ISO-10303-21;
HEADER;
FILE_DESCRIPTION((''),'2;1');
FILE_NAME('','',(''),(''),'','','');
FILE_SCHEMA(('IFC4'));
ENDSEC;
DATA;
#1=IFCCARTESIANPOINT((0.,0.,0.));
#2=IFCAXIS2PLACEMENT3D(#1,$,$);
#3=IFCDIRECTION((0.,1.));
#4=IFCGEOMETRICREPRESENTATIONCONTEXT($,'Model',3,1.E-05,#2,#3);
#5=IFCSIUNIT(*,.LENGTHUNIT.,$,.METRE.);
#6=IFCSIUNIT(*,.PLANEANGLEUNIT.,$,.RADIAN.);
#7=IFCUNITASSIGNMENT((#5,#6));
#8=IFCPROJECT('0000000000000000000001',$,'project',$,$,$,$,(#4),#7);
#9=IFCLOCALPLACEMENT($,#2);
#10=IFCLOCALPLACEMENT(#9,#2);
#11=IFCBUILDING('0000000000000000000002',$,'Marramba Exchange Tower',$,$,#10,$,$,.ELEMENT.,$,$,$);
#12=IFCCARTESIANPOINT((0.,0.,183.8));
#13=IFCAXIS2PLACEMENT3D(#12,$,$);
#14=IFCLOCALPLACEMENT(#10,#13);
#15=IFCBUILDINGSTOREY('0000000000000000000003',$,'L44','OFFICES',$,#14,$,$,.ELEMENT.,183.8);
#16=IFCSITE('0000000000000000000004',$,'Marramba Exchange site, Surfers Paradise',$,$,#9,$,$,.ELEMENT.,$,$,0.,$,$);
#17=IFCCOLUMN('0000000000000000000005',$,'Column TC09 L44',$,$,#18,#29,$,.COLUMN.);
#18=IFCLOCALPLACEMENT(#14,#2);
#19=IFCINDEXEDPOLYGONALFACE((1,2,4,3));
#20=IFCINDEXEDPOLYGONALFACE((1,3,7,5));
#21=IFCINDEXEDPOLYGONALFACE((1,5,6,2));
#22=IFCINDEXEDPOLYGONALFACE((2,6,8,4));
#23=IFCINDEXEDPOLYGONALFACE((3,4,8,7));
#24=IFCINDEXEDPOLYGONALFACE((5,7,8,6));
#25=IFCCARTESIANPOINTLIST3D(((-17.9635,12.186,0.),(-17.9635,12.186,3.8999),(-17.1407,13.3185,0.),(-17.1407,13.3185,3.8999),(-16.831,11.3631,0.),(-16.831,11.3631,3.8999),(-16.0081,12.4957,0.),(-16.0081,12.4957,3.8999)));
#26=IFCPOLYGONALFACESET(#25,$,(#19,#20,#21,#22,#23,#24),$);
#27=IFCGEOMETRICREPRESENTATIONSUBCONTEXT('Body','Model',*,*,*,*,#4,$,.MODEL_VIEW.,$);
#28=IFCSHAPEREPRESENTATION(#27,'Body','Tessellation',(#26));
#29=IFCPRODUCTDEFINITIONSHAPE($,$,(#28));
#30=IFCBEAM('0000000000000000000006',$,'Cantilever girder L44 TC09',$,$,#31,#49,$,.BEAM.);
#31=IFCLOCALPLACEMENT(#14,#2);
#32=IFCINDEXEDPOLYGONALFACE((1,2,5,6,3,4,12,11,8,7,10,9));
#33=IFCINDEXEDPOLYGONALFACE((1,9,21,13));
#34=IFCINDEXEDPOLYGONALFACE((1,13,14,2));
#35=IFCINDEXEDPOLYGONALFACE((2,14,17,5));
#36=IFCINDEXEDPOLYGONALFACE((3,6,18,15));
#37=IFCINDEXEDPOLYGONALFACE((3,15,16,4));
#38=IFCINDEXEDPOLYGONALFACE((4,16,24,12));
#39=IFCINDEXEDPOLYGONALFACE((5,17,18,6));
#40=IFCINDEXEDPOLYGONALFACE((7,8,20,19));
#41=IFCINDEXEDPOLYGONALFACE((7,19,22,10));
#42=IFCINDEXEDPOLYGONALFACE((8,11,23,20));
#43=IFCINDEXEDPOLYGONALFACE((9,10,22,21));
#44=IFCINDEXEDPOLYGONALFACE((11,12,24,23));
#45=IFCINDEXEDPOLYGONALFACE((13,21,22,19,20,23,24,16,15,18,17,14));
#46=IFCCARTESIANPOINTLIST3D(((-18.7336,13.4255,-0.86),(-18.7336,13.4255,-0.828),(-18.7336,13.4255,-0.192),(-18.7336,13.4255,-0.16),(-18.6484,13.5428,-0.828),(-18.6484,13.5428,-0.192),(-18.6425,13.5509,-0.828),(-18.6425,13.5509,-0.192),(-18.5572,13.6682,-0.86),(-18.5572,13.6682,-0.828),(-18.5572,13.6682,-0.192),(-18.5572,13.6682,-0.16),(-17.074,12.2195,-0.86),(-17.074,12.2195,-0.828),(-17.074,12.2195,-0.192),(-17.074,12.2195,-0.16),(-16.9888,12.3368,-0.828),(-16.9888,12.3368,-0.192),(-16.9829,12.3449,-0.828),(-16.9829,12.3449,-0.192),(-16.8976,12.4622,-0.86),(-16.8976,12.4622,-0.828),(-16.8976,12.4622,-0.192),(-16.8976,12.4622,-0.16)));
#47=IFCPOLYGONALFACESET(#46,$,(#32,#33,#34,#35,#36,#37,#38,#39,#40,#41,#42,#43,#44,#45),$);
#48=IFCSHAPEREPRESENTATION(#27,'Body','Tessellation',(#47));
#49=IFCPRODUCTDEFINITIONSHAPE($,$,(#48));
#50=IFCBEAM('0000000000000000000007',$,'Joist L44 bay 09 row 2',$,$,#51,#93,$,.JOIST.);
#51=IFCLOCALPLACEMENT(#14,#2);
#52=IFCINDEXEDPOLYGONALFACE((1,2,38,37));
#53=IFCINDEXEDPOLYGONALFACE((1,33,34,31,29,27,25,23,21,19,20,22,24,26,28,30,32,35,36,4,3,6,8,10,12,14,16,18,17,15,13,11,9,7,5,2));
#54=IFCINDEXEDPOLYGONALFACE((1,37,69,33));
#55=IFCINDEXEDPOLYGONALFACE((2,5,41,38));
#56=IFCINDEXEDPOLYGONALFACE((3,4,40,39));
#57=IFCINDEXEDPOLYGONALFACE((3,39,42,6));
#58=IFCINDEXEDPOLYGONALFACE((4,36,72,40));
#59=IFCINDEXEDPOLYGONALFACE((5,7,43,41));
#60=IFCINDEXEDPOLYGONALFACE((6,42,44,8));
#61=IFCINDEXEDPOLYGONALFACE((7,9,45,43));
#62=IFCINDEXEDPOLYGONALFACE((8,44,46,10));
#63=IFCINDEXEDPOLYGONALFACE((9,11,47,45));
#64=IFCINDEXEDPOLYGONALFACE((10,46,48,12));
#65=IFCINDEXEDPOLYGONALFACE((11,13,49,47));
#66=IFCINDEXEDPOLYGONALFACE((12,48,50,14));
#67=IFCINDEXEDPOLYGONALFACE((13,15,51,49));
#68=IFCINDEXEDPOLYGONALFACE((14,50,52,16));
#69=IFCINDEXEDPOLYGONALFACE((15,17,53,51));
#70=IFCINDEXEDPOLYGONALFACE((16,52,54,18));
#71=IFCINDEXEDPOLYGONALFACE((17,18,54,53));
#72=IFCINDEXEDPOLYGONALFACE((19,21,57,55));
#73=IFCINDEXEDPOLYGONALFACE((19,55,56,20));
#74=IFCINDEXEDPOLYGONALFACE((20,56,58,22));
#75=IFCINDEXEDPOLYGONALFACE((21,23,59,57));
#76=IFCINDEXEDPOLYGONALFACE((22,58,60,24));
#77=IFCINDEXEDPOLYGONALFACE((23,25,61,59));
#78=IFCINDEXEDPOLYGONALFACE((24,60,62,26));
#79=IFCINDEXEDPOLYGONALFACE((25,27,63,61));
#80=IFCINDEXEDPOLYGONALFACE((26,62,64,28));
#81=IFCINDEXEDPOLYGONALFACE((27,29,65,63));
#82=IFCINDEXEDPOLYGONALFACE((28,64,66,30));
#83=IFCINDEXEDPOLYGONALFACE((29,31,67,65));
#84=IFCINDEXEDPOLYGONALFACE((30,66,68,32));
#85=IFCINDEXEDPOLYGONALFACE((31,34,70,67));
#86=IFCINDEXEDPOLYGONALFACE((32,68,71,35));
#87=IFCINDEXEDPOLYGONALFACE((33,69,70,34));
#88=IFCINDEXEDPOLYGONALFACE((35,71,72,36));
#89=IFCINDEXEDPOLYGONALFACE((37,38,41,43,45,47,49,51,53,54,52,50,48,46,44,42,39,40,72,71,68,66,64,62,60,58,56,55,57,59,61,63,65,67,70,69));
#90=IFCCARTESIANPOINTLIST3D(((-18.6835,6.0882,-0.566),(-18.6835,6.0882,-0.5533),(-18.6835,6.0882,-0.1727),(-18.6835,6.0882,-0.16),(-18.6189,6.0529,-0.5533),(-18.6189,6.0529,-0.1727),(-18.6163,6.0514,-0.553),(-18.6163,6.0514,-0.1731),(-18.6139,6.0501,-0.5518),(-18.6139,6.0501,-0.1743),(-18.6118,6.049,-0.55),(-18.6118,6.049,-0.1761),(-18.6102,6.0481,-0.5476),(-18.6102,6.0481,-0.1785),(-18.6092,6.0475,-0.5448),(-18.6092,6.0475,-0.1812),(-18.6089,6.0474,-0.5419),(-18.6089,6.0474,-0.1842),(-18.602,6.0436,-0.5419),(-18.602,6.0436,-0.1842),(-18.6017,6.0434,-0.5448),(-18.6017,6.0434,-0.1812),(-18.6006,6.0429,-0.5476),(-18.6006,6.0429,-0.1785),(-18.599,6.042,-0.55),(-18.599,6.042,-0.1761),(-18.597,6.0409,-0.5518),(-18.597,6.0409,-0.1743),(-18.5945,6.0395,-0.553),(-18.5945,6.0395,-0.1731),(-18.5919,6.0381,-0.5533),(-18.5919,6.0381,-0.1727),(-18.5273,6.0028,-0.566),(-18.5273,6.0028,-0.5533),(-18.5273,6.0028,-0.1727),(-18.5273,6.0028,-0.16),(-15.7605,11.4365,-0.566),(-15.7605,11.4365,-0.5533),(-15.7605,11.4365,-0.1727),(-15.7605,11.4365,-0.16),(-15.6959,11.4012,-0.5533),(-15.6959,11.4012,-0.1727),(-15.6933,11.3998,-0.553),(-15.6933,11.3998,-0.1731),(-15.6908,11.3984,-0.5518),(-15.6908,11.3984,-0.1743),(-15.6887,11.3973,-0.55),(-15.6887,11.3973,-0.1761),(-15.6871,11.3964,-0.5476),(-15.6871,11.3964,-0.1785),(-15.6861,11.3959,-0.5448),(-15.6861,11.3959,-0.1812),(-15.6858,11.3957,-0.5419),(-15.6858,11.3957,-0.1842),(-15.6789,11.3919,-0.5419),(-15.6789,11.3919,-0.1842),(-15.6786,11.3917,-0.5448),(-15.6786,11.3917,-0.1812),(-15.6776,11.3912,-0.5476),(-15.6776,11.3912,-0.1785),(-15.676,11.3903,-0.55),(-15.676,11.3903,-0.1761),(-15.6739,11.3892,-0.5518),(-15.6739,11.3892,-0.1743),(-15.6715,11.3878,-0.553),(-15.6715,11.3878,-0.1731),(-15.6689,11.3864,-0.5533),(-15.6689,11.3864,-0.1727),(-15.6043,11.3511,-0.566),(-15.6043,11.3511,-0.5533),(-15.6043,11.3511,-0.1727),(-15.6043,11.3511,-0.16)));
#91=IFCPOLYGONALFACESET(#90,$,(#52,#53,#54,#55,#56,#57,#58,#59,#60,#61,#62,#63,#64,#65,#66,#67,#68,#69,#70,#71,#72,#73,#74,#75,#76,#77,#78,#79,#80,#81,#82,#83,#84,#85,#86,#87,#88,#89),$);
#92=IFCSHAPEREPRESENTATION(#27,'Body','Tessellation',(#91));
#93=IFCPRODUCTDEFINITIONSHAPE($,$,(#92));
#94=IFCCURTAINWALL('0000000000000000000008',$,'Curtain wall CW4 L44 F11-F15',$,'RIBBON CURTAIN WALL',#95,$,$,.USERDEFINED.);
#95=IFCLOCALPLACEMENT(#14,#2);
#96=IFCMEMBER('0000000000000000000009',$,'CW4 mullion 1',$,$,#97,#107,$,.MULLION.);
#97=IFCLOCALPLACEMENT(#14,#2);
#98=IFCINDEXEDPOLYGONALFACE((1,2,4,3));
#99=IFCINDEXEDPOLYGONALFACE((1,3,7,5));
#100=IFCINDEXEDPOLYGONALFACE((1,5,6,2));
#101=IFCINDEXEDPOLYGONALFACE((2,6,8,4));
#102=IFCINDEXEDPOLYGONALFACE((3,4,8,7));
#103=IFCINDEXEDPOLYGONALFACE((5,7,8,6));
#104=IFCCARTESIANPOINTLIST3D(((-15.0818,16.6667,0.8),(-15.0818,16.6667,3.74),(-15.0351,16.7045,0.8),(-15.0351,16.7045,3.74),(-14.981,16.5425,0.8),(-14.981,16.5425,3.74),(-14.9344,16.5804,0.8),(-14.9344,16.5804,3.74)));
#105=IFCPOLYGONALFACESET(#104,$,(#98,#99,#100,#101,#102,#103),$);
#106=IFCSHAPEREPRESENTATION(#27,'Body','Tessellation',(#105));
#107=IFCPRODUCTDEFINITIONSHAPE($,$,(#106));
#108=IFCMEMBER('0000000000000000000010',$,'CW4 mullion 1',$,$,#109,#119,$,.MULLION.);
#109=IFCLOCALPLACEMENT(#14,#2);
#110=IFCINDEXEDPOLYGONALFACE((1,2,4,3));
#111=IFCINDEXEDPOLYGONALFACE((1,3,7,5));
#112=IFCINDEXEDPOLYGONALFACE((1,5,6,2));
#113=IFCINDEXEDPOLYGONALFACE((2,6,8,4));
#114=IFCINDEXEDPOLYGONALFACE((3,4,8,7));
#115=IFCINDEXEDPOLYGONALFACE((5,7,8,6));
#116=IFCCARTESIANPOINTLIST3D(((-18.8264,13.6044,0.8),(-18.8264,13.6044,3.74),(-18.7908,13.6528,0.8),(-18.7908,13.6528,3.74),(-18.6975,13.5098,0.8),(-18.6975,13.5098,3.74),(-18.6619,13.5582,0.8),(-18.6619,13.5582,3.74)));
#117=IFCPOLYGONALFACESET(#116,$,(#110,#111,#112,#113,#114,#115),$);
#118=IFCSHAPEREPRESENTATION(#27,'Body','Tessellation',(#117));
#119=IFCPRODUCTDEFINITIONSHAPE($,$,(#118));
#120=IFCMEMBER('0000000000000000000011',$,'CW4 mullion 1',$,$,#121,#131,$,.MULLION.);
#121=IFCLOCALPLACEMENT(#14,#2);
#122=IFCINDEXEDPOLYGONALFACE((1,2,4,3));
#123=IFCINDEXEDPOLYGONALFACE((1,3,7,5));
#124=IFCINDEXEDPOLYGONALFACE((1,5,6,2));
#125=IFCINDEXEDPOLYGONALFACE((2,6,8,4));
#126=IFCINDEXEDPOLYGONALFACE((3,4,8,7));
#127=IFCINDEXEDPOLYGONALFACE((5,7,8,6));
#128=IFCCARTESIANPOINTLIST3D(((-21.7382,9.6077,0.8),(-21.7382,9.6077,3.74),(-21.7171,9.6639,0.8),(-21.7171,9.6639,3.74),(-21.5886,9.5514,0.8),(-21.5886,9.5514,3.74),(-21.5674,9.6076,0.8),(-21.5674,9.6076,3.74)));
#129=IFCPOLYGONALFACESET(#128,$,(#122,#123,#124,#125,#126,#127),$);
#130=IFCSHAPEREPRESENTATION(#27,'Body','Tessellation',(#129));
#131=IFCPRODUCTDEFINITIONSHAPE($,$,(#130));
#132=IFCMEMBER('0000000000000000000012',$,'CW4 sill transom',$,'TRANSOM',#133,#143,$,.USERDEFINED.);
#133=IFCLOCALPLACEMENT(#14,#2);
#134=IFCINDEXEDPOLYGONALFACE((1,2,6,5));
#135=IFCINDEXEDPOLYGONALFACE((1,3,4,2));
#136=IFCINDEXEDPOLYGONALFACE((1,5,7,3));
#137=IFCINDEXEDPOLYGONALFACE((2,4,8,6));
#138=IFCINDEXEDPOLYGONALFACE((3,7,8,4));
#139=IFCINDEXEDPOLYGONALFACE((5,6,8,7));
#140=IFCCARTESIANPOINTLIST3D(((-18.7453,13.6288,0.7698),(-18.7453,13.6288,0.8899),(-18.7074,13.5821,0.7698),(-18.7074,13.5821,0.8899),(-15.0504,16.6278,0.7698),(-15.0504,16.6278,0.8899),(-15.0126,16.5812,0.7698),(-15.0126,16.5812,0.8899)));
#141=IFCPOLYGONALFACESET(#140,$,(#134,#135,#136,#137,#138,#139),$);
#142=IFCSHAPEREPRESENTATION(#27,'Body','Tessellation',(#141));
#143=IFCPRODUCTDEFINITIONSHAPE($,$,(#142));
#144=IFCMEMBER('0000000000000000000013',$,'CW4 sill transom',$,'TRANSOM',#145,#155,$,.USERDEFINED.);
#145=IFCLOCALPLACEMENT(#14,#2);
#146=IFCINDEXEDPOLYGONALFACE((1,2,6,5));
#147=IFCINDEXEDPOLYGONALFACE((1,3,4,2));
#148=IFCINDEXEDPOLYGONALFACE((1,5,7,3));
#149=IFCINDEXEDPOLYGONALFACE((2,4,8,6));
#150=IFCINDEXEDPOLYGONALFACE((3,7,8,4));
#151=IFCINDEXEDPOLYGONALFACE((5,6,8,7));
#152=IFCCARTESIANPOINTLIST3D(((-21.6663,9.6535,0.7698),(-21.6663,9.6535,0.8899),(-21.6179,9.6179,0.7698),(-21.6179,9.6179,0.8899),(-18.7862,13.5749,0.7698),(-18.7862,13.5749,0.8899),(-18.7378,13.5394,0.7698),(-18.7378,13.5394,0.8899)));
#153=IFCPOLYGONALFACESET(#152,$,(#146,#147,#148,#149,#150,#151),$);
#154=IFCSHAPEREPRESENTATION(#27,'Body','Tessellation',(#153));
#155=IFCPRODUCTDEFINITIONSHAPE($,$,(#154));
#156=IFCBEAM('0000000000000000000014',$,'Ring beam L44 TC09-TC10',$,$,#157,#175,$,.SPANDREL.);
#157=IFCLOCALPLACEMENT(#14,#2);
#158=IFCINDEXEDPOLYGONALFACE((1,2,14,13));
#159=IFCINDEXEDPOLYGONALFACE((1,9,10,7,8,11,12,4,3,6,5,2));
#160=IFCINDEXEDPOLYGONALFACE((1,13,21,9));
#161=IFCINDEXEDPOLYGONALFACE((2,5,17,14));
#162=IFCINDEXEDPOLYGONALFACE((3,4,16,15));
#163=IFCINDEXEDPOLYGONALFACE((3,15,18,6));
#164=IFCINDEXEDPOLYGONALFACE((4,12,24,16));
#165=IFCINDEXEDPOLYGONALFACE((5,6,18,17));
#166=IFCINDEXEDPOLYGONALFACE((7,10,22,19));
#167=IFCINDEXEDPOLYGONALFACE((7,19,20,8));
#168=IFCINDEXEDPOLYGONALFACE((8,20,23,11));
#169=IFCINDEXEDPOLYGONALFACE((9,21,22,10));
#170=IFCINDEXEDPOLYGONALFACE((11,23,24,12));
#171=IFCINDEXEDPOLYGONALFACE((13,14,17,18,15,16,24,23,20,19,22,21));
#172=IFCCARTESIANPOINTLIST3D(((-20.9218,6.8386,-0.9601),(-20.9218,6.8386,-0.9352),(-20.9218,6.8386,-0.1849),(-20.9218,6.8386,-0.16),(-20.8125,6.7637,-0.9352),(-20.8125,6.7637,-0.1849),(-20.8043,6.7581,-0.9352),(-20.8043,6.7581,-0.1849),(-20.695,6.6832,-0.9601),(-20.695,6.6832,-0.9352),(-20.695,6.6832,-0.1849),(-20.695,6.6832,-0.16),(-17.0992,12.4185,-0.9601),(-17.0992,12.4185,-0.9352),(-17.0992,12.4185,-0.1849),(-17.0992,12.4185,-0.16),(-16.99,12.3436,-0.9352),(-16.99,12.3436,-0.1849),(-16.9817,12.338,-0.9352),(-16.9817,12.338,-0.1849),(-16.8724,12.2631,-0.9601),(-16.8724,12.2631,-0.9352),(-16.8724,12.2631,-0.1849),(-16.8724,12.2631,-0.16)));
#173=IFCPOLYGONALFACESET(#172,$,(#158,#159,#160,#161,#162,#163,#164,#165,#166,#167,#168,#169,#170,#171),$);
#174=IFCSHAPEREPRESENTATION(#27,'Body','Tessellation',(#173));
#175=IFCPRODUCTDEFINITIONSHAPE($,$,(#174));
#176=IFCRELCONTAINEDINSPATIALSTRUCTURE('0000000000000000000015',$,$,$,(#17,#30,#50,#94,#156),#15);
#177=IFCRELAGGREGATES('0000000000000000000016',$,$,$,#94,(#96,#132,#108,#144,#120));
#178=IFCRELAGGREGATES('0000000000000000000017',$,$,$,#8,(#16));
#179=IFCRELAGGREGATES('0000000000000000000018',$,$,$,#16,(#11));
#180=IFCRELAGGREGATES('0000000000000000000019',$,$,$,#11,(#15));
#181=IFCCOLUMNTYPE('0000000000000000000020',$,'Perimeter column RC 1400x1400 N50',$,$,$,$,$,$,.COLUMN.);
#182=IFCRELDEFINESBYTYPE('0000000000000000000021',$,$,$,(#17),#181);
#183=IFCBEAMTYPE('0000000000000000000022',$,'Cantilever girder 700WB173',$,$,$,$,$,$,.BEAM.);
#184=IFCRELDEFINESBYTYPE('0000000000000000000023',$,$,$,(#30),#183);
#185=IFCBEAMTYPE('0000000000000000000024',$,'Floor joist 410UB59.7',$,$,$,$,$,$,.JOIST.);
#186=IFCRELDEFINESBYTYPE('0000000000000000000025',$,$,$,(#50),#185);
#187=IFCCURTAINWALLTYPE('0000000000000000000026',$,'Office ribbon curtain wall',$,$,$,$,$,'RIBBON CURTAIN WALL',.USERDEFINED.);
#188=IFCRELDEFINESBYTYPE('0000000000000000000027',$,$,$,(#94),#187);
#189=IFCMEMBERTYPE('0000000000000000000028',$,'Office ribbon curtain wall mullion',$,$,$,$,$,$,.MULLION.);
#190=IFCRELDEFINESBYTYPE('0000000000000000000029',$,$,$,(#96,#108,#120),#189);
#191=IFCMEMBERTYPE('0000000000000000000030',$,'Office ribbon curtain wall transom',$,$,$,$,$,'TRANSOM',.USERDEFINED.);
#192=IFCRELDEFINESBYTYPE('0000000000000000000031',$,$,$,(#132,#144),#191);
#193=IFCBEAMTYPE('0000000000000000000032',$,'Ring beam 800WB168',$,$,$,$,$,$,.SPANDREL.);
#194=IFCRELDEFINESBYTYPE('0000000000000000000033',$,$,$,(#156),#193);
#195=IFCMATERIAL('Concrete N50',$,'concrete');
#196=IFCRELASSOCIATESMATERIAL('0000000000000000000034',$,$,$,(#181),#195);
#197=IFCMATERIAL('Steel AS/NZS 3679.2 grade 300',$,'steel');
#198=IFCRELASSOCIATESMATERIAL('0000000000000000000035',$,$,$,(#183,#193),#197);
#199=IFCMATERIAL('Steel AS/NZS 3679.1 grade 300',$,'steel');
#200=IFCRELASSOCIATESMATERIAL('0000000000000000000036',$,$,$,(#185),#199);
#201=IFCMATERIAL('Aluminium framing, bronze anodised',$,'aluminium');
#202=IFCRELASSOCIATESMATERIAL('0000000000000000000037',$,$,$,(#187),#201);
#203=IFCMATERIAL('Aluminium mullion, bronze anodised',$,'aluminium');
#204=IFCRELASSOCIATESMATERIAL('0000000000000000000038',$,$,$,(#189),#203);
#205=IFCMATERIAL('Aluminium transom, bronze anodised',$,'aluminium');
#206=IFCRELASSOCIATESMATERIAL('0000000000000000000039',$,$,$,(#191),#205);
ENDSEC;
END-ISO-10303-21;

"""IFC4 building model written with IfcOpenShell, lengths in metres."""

from ifc_helpers import new_model, si_unit, direction, frame, origin, origin_2d, place, context, subcontext, project, spatial, rectangle, i_section, extrude, material, material_profile, profile_set, type_object, element, aggregate, save


model = new_model("IFC4")

# Units and contexts
model_context = context("Model", 3, precision=1e-05, world=origin(), true_north=direction((0.0, 1.0)))
body_context = subcontext(model_context, "Body", "Model", "MODEL_VIEW")
ifc_project = project(units=[si_unit("LENGTHUNIT", "METRE"), si_unit("PLANEANGLEUNIT", "RADIAN")], contexts=[model_context])

# Site, building, storey
site_placement = place(None, origin())
site = spatial("IfcSite", under=ifc_project, at=site_placement, Name="Marramba Exchange site, Surfers Paradise", CompositionType="ELEMENT", RefElevation=0.0)
building_placement = place(site_placement, origin())
building = spatial("IfcBuilding", under=site, at=building_placement, Name="Marramba Exchange Tower", CompositionType="ELEMENT")
storey_placement = place(building_placement, frame((0.0, 0.0, 183.8)))
storey = spatial("IfcBuildingStorey", under=building, at=storey_placement, Name="L44", Description="OFFICES", CompositionType="ELEMENT", Elevation=183.8)

# Column
ifc_material_1 = material(Name="Concrete N50", Category="concrete")
ifc_material_profile_1 = material_profile(ifc_material_1, rectangle(XDim=1.3999, YDim=1.3999, at=origin_2d()), Name="RC 1400x1400")
ifc_profile_set_1 = profile_set([ifc_material_profile_1], Name="Concrete N50")
column_type = type_object("IfcColumnType", Name="Perimeter column RC 1400x1400 N50", PredefinedType="COLUMN", material=ifc_profile_set_1)
column_placement = place(storey_placement, frame((-16.9858, 12.3408, 0.0), z_axis=(0.0, 0.0, 1.0), x_axis=(-0.809017, 0.587785, 0.0)))
element("IfcColumn", 1, at=column_placement, inside=storey, type_object=column_type, Name="Column TC09 L44", PredefinedType="COLUMN", context=body_context, shape_type="SweptSolid", body=[
    extrude(rectangle(XDim=1.3999, YDim=1.3999, at=origin_2d()), origin(), (0.0, 0.0, 1.0), 3.8999),
])

# Beams
ifc_material_2 = material(Name="Steel AS/NZS 3679.2 grade 300", Category="steel")
ifc_material_profile_2 = material_profile(ifc_material_2, i_section(OverallWidth=0.3, OverallDepth=0.7, WebThickness=0.01, FlangeThickness=0.032, at=origin_2d()), Name="700WB173")
ifc_profile_set_2 = profile_set([ifc_material_profile_2], Name="Steel AS/NZS 3679.2 grade 300")
beam_type_1 = type_object("IfcBeamType", Name="Cantilever girder 700WB173", PredefinedType="BEAM", material=ifc_profile_set_2)
beam_1_placement = place(storey_placement, frame((-16.9858, 12.3408, -0.51), z_axis=(-0.808962, 0.58786, 0.0), x_axis=(-0.58786, -0.808962, 0.0)))
element("IfcBeam", 2, at=beam_1_placement, inside=storey, type_object=beam_type_1, Name="Cantilever girder L44 TC09", PredefinedType="BEAM", context=body_context, shape_type="SweptSolid", body=[
    extrude(i_section(OverallWidth=0.3, OverallDepth=0.7, WebThickness=0.01, FlangeThickness=0.032, at=origin_2d()), origin(), (0.0, 0.0, 1.0), 2.0515),
])
ifc_material_3 = material(Name="Steel AS/NZS 3679.1 grade 300", Category="steel")
ifc_material_profile_3 = material_profile(ifc_material_3, i_section(OverallWidth=0.178, OverallDepth=0.406, WebThickness=0.0078, FlangeThickness=0.0127, FilletRadius=0.0115, at=origin_2d()), Name="410UB59.7")
ifc_profile_set_3 = profile_set([ifc_material_profile_3], Name="Steel AS/NZS 3679.1 grade 300")
beam_type_2 = type_object("IfcBeamType", Name="Floor joist 410UB59.7", PredefinedType="JOIST", material=ifc_profile_set_3)
beam_2_placement = place(storey_placement, frame((-15.6824, 11.3938, -0.363), z_axis=(-0.479584, -0.877496, 0.0), x_axis=(0.877496, -0.479584, 0.0)))
element("IfcBeam", 3, at=beam_2_placement, inside=storey, type_object=beam_type_2, Name="Joist L44 bay 09 row 2", PredefinedType="JOIST", context=body_context, shape_type="SweptSolid", body=[
    extrude(i_section(OverallWidth=0.178, OverallDepth=0.406, WebThickness=0.0078, FlangeThickness=0.0127, FilletRadius=0.0115, at=origin_2d()), origin(), (0.0, 0.0, 1.0), 6.095),
])

# Curtain wall, members
ifc_material_4 = material(Name="Aluminium framing, bronze anodised", Category="aluminium")
curtain_wall_type = type_object("IfcCurtainWallType", Name="Office ribbon curtain wall", ElementType="RIBBON CURTAIN WALL", PredefinedType="USERDEFINED", material=ifc_material_4)
curtain_wall_placement = place(storey_placement, origin())
curtain_wall = element("IfcCurtainWall", 4, at=curtain_wall_placement, inside=storey, type_object=curtain_wall_type, Name="Curtain wall CW4 L44 F11-F15", ObjectType="RIBBON CURTAIN WALL", PredefinedType="USERDEFINED")
ifc_material_5 = material(Name="Aluminium mullion, bronze anodised", Category="aluminium")
ifc_material_profile_4 = material_profile(ifc_material_5, rectangle(XDim=0.1599, YDim=0.0601, at=origin_2d()), Name="CW4 mullion 60x160")
ifc_profile_set_4 = profile_set([ifc_material_profile_4], Name="Aluminium mullion, bronze anodised")
member_type_1 = type_object("IfcMemberType", Name="Office ribbon curtain wall mullion", PredefinedType="MULLION", material=ifc_profile_set_4)
member_1_placement = place(storey_placement, frame((-15.0081, 16.6235, 0.8), z_axis=(0.0, 0.0, 1.0), x_axis=(0.630201, -0.776432, 0.0)))
member_1 = element("IfcMember", 5, at=member_1_placement, type_object=member_type_1, Name="CW4 mullion 1", PredefinedType="MULLION", context=body_context, shape_type="SweptSolid", body=[
    extrude(rectangle(XDim=0.1599, YDim=0.0601, at=origin_2d()), origin(), (0.0, 0.0, 1.0), 2.9399),
])
member_2_placement = place(storey_placement, frame((-18.7441, 13.5813, 0.8), z_axis=(0.0, 0.0, 1.0), x_axis=(0.805965, -0.591963, 0.0)))
member_2 = element("IfcMember", 6, at=member_2_placement, type_object=member_type_1, Name="CW4 mullion 1", PredefinedType="MULLION", context=body_context, shape_type="SweptSolid", body=[
    extrude(rectangle(XDim=0.1599, YDim=0.0601, at=origin_2d()), origin(), (0.0, 0.0, 1.0), 2.9399),
])
member_3_placement = place(storey_placement, frame((-21.6528, 9.6077, 0.8), z_axis=(0.0, 0.0, 1.0), x_axis=(0.936018, -0.351952, 0.0)))
member_3 = element("IfcMember", 7, at=member_3_placement, type_object=member_type_1, Name="CW4 mullion 1", PredefinedType="MULLION", context=body_context, shape_type="SweptSolid", body=[
    extrude(rectangle(XDim=0.1599, YDim=0.0601, at=origin_2d()), origin(), (0.0, 0.0, 1.0), 2.9399),
])
ifc_material_6 = material(Name="Aluminium transom, bronze anodised", Category="aluminium")
ifc_material_profile_5 = material_profile(ifc_material_6, rectangle(XDim=0.0601, YDim=0.1201, at=origin_2d()), Name="CW4 transom 60x120")
ifc_profile_set_5 = profile_set([ifc_material_profile_5], Name="Aluminium transom, bronze anodised")
member_type_2 = type_object("IfcMemberType", Name="Office ribbon curtain wall transom", ElementType="TRANSOM", PredefinedType="USERDEFINED", material=ifc_profile_set_5)
member_4_placement = place(storey_placement, frame((-15.0315, 16.6045, 0.8298), z_axis=(-0.776425, -0.63021, 0.0), x_axis=(0.63021, -0.776425, 0.0)))
member_4 = element("IfcMember", 8, at=member_4_placement, type_object=member_type_2, Name="CW4 sill transom", ObjectType="TRANSOM", PredefinedType="USERDEFINED", context=body_context, shape_type="SweptSolid", body=[
    extrude(rectangle(XDim=0.0601, YDim=0.1201, at=origin_2d()), origin(), (0.0, 0.0, 1.0), 4.7588),
])
member_5_placement = place(storey_placement, frame((-18.762, 13.5571, 0.8298), z_axis=(-0.591957, -0.805969, 0.0), x_axis=(0.805969, -0.591957, 0.0)))
member_5 = element("IfcMember", 9, at=member_5_placement, type_object=member_type_2, Name="CW4 sill transom", ObjectType="TRANSOM", PredefinedType="USERDEFINED", context=body_context, shape_type="SweptSolid", body=[
    extrude(rectangle(XDim=0.0601, YDim=0.1201, at=origin_2d()), origin(), (0.0, 0.0, 1.0), 4.8655),
])

# Beam
ifc_material_profile_6 = material_profile(ifc_material_2, i_section(OverallWidth=0.2749, OverallDepth=0.8, WebThickness=0.01, FlangeThickness=0.0249, at=origin_2d()), Name="800WB168")
ifc_profile_set_6 = profile_set([ifc_material_profile_6], Name="Steel AS/NZS 3679.2 grade 300")
beam_type_3 = type_object("IfcBeamType", Name="Ring beam 800WB168", PredefinedType="SPANDREL", material=ifc_profile_set_6)
beam_3_placement = place(storey_placement, frame((-16.9858, 12.3408, -0.5601), z_axis=(-0.56516, -0.824981, 0.0), x_axis=(0.824981, -0.56516, 0.0)))
element("IfcBeam", 10, at=beam_3_placement, inside=storey, type_object=beam_type_3, Name="Ring beam L44 TC09-TC10", PredefinedType="SPANDREL", context=body_context, shape_type="SweptSolid", body=[
    extrude(i_section(OverallWidth=0.2749, OverallDepth=0.8, WebThickness=0.01, FlangeThickness=0.0249, at=origin_2d()), origin(), (0.0, 0.0, 1.0), 6.7637),
])

aggregate(curtain_wall, [member_1, member_4, member_2, member_5, member_3])

save(model, "model.ifc")
